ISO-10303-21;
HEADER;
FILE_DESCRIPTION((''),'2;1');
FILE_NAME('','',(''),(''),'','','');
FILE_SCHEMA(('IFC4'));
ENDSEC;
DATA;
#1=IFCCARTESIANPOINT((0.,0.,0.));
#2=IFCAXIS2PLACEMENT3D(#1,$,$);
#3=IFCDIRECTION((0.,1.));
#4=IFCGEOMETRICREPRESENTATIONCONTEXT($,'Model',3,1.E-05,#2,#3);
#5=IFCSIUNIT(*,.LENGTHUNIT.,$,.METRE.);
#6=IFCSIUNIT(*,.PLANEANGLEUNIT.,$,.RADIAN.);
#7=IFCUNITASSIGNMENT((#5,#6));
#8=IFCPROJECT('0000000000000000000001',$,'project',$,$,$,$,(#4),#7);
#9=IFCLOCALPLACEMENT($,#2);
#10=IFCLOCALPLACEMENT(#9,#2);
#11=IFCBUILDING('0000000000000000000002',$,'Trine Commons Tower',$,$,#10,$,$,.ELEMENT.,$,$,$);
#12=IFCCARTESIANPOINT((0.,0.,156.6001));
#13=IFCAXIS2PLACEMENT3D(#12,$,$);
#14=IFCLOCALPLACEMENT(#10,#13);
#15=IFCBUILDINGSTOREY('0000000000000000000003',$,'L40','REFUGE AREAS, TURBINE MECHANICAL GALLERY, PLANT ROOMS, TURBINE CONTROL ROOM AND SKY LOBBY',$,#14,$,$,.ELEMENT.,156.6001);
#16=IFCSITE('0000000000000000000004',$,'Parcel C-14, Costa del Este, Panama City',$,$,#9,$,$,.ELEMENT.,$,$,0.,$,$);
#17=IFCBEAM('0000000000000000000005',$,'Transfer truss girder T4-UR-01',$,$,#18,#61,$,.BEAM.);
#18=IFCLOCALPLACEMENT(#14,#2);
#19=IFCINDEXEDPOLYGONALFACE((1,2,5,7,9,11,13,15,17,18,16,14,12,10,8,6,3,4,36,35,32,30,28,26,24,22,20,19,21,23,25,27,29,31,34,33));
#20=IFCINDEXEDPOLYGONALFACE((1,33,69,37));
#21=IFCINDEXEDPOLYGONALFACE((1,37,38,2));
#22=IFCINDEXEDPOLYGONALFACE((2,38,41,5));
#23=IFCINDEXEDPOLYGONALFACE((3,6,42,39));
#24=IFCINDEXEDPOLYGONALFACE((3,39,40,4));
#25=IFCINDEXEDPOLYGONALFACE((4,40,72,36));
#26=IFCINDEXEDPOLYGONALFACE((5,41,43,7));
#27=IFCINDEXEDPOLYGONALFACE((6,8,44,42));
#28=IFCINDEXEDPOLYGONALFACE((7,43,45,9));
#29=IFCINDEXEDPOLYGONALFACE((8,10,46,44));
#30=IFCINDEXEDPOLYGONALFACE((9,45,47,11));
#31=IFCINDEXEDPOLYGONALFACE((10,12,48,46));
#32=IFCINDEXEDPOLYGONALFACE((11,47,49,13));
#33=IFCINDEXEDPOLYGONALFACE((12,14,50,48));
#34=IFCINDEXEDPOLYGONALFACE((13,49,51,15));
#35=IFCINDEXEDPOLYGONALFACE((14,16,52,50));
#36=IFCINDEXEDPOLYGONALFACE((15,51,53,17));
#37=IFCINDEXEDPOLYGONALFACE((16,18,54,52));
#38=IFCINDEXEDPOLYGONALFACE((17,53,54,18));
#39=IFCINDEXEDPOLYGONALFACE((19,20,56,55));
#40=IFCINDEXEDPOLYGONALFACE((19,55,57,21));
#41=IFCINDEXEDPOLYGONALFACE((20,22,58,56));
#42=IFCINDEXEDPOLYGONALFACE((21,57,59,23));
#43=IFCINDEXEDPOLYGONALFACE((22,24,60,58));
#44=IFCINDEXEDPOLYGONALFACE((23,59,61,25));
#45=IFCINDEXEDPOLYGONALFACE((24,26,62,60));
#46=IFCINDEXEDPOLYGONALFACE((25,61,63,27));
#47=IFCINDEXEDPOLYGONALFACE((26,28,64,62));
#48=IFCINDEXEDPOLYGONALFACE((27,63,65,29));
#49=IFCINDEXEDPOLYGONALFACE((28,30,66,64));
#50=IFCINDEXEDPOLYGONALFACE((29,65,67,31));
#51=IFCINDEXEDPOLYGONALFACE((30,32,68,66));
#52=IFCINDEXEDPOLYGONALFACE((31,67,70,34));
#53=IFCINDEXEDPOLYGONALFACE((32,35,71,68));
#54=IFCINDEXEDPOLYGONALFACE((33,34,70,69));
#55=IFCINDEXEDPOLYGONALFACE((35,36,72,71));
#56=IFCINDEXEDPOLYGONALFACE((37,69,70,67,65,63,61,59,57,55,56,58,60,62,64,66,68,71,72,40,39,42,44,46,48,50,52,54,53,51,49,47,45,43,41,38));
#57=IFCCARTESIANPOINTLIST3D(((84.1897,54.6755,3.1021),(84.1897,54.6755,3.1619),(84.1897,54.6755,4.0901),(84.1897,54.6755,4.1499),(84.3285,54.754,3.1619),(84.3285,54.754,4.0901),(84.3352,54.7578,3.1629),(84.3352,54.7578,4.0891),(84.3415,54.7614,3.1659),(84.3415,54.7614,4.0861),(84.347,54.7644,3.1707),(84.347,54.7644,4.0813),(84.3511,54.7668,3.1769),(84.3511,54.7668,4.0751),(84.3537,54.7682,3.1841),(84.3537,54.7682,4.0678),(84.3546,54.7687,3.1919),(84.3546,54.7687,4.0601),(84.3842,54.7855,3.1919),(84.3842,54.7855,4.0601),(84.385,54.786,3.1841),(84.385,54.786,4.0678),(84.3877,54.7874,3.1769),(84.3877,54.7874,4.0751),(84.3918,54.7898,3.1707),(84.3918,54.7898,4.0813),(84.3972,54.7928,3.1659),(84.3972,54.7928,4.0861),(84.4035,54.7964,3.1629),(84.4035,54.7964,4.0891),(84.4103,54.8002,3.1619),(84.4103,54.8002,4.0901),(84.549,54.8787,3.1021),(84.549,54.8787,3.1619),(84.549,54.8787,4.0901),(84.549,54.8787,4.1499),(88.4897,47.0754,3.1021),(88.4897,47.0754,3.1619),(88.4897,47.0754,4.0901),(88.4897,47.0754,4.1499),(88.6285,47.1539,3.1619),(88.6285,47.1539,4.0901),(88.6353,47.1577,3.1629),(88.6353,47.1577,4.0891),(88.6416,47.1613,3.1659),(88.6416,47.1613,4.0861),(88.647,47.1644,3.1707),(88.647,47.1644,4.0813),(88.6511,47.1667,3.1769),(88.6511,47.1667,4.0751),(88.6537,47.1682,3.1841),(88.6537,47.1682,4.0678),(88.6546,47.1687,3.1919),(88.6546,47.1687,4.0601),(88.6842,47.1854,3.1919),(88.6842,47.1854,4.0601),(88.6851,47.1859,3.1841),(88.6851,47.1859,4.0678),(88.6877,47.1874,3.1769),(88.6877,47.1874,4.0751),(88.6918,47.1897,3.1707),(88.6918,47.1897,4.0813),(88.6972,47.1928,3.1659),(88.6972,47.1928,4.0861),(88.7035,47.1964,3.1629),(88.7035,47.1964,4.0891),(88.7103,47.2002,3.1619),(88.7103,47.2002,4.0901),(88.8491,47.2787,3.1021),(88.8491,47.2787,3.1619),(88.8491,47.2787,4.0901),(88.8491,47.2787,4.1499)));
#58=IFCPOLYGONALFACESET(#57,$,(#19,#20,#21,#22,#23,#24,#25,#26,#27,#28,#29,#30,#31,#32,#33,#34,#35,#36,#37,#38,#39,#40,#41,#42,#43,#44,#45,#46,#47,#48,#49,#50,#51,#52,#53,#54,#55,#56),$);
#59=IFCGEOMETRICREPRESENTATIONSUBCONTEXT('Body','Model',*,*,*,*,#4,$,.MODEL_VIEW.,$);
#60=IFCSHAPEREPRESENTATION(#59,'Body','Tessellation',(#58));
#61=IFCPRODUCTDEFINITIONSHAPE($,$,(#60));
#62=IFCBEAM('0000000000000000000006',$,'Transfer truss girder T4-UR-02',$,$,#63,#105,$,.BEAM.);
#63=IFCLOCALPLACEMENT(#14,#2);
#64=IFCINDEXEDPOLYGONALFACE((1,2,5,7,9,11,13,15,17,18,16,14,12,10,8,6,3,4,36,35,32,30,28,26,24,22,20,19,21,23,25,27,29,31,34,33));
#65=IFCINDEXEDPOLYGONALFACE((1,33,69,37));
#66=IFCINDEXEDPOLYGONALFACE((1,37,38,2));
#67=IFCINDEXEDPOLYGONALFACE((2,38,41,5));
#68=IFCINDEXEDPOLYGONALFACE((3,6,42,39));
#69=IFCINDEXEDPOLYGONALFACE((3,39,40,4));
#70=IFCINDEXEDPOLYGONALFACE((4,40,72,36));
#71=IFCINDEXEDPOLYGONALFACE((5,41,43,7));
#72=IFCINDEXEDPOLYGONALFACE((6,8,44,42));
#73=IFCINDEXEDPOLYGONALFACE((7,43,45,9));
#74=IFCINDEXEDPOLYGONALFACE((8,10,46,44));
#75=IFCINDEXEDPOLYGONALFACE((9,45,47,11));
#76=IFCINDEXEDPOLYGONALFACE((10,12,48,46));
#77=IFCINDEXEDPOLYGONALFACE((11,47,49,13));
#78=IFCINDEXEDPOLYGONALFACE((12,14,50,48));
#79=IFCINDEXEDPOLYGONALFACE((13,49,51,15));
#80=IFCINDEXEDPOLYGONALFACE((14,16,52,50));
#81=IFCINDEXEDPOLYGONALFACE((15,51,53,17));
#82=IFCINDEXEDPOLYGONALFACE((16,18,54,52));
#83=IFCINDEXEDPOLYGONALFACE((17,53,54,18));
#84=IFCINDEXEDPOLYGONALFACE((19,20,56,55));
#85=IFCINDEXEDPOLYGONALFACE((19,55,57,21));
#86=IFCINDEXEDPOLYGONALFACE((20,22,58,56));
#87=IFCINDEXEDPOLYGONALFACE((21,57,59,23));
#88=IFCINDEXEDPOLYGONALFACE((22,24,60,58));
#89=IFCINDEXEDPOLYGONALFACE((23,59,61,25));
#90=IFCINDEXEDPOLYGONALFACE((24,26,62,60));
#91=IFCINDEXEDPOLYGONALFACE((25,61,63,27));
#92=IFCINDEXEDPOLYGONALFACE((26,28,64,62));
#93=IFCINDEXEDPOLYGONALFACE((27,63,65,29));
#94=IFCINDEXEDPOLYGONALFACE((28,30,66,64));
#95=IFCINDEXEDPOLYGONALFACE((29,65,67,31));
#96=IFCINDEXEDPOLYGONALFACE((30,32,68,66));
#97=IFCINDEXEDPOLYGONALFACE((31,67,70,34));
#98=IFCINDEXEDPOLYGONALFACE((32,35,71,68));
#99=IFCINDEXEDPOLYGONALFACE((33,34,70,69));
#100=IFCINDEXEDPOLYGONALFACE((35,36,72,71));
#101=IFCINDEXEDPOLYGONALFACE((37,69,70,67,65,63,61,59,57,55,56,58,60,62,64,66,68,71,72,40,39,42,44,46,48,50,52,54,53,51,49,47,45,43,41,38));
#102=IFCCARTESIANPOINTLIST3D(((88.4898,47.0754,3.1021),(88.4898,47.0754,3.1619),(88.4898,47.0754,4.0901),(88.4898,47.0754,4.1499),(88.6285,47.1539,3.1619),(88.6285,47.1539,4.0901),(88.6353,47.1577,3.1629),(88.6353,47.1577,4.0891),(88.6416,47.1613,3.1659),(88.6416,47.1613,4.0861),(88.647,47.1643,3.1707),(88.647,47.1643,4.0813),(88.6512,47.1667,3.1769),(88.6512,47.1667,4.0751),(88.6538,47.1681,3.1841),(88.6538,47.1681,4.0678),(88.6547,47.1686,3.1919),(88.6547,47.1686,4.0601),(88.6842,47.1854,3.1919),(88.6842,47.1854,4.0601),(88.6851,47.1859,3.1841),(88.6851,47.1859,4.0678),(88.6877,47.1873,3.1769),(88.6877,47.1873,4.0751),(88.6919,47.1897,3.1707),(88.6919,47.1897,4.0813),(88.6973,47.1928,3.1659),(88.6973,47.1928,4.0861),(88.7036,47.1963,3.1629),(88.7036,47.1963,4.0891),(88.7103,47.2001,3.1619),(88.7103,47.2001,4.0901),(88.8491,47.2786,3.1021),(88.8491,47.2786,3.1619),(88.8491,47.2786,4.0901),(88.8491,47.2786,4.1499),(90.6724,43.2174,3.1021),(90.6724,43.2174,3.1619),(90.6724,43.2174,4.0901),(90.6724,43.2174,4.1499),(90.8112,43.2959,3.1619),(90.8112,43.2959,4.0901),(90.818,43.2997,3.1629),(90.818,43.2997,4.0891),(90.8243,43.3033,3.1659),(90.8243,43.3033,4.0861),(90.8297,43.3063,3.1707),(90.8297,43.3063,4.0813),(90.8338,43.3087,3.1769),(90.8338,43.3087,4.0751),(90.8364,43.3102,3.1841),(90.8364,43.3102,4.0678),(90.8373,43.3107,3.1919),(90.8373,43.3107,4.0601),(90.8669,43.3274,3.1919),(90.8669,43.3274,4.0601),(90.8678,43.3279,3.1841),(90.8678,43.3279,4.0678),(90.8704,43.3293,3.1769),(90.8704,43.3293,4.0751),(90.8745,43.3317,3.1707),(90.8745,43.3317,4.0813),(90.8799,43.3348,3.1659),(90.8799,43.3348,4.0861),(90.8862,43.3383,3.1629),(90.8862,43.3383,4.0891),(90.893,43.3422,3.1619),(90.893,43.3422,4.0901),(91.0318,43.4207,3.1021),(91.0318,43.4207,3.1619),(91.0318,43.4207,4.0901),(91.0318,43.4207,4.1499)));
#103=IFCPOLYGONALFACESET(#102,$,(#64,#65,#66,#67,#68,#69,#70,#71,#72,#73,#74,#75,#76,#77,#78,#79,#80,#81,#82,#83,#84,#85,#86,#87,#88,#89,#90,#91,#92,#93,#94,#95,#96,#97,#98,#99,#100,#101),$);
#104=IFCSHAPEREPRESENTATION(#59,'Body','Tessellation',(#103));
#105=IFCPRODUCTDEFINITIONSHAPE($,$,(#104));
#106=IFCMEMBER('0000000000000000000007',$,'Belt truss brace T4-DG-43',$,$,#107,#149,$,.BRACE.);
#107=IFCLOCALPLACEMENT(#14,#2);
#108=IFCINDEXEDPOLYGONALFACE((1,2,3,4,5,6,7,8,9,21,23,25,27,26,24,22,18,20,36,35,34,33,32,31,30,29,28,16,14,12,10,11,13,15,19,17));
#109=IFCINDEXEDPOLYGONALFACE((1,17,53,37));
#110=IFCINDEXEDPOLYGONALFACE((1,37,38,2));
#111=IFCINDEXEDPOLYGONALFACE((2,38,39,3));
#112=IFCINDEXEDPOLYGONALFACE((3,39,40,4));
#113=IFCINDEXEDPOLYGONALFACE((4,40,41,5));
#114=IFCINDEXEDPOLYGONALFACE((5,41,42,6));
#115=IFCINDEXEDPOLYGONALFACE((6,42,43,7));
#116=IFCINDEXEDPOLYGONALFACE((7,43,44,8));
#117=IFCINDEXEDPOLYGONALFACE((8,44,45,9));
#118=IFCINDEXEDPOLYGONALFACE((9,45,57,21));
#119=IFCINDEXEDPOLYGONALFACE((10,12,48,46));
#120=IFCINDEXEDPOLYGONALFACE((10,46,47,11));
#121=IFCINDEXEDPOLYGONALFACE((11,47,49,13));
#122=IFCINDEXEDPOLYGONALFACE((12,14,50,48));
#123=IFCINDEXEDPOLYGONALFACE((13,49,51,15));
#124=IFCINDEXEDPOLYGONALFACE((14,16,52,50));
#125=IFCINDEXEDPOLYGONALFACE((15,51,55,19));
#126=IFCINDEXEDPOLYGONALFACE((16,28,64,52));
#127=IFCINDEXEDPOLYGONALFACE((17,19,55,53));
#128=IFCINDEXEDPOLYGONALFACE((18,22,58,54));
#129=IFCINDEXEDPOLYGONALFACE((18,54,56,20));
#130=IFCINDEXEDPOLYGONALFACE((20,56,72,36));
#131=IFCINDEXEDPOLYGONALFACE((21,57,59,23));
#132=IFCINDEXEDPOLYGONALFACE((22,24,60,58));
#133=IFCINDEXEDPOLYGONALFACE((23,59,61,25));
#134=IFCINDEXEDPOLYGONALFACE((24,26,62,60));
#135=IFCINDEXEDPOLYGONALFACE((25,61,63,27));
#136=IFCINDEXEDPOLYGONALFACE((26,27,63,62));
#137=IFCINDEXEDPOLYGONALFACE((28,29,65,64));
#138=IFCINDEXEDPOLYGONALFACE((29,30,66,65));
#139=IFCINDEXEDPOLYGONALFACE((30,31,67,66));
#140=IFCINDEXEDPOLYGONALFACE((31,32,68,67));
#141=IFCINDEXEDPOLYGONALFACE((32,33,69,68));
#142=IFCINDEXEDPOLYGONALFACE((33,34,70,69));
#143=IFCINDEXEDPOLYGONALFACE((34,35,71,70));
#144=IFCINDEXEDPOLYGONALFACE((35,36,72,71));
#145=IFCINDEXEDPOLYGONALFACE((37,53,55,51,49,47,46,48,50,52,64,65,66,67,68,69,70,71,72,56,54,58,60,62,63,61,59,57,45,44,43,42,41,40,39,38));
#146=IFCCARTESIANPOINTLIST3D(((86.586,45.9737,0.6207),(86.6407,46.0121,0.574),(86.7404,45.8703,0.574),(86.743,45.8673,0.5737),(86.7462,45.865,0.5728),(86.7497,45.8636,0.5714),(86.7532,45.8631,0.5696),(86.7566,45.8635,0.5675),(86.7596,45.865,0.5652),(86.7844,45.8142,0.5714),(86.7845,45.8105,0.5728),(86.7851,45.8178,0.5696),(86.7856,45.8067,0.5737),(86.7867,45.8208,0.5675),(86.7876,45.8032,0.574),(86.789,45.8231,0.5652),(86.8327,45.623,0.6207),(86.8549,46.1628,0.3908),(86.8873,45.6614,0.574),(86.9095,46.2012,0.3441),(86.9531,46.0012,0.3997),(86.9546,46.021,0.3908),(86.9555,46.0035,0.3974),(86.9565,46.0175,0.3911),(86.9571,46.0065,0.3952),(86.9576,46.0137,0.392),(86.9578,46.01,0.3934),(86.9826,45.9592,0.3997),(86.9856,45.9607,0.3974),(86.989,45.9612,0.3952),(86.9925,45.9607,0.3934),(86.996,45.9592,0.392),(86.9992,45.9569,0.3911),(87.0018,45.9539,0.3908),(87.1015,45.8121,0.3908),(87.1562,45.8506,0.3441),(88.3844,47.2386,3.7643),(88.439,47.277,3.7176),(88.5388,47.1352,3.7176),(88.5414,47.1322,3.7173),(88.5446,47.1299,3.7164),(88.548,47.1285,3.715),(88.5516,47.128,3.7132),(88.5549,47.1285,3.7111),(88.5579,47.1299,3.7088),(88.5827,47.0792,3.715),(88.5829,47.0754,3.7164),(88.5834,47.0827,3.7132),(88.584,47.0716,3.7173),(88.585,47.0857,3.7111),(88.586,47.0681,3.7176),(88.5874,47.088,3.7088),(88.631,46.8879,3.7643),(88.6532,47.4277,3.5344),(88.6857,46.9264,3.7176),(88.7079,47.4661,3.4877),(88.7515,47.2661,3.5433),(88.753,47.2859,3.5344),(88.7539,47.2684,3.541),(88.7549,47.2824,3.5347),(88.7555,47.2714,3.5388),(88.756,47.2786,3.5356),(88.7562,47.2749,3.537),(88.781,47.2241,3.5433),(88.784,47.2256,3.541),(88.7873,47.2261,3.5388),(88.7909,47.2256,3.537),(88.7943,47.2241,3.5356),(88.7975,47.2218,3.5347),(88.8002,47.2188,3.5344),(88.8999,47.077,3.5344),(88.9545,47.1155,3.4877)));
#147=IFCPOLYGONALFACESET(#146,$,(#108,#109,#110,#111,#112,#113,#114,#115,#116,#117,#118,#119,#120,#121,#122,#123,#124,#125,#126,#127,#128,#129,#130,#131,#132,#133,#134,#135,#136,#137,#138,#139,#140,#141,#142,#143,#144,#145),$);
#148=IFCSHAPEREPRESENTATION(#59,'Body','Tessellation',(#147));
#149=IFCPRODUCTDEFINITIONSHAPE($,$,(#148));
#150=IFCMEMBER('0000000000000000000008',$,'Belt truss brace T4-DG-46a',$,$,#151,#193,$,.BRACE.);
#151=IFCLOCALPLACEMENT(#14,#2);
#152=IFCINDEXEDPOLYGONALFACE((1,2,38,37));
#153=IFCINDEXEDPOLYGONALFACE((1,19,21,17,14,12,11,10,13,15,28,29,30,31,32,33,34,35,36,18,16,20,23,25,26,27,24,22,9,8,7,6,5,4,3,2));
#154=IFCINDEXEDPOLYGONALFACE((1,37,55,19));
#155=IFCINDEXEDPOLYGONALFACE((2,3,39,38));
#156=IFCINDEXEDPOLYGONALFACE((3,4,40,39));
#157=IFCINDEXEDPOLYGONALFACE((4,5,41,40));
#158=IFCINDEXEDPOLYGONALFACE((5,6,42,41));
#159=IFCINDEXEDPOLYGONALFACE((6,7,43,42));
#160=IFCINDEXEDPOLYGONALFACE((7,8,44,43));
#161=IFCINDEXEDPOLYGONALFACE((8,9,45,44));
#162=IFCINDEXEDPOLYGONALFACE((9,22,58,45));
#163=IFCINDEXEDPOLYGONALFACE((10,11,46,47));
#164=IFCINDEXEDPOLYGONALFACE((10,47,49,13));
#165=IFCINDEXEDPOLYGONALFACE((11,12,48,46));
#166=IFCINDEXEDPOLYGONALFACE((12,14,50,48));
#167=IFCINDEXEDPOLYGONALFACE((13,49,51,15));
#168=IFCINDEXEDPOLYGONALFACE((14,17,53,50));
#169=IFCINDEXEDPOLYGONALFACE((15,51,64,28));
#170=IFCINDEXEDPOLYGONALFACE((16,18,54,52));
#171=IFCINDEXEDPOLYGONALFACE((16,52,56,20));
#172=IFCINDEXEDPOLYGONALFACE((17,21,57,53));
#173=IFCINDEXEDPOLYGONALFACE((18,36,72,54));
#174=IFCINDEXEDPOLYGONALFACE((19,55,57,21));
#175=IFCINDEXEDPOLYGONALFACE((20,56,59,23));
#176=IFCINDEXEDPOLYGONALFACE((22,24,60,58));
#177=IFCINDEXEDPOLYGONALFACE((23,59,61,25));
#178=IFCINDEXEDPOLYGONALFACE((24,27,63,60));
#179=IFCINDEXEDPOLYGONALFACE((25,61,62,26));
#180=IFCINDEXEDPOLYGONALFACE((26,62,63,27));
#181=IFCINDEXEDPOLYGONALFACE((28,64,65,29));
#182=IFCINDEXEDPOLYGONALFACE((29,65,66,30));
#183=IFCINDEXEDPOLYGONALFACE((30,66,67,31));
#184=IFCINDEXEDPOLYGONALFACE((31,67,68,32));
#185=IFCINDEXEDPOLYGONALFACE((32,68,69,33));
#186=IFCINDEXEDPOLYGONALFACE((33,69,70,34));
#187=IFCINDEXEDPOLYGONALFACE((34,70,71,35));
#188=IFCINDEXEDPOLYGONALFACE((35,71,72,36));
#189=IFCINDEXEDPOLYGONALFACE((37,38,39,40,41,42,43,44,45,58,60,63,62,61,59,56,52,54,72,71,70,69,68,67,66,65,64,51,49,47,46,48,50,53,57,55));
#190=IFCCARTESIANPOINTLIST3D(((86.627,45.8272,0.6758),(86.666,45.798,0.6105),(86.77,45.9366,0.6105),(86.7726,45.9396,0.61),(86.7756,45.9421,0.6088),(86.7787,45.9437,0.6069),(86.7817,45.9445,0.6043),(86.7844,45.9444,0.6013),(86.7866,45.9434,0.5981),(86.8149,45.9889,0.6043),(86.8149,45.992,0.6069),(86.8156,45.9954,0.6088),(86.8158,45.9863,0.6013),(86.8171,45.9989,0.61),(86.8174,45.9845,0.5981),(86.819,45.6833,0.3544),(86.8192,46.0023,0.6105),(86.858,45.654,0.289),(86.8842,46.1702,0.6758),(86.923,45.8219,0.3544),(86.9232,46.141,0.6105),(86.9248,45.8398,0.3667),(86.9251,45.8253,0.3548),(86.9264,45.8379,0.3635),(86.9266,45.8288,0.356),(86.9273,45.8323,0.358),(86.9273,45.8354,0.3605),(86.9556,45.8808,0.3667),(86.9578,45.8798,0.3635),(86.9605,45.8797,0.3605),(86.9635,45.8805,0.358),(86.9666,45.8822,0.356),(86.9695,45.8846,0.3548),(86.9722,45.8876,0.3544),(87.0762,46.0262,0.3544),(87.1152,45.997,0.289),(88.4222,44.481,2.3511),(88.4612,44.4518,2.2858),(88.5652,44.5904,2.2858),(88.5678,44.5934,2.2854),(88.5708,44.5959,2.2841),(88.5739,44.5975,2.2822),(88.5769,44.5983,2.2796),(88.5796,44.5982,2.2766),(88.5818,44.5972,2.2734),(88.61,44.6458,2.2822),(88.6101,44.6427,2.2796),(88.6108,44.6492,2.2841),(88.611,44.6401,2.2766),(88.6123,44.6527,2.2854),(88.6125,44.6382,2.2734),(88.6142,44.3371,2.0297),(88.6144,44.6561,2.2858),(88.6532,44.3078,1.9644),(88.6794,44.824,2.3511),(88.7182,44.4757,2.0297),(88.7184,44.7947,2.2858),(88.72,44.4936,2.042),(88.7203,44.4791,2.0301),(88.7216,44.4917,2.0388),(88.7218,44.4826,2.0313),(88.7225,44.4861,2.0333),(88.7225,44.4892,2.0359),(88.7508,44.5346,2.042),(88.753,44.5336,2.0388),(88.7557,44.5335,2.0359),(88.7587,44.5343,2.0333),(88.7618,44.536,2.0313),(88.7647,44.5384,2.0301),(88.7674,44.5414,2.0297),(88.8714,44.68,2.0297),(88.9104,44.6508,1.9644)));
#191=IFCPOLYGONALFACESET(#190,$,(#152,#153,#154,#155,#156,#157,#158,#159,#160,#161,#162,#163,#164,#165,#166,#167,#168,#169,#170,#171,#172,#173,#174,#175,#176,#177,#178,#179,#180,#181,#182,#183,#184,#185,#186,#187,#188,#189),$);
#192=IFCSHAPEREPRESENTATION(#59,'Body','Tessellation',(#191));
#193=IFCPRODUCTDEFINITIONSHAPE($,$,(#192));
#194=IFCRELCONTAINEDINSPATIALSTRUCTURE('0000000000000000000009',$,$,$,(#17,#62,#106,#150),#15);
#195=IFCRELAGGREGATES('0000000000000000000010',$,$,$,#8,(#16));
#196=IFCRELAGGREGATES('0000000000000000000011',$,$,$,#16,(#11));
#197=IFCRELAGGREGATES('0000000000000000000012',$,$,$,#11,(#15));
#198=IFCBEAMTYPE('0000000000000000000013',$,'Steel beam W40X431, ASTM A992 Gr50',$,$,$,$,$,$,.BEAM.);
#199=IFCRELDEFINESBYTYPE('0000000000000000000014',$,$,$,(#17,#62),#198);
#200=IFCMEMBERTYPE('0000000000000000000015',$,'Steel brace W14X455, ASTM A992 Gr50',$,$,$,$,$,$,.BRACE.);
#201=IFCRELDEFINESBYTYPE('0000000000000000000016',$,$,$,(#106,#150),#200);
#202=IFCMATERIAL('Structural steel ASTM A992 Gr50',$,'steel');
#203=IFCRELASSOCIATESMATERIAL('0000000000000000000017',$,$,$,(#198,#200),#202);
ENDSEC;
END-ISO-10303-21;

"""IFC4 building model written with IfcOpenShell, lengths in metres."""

from ifc_helpers import new_model, si_unit, direction, frame, origin, origin_2d, place, context, subcontext, project, spatial, i_section, extrude, material, material_profile, profile_set, type_object, element, save


model = new_model("IFC4")

# Units and contexts
model_context = context("Model", 3, precision=1e-05, world=origin(), true_north=direction((0.0, 1.0)))
body_context = subcontext(model_context, "Body", "Model", "MODEL_VIEW")
ifc_project = project(units=[si_unit("LENGTHUNIT", "METRE"), si_unit("PLANEANGLEUNIT", "RADIAN")], contexts=[model_context])

# Site, building, storey
site_placement = place(None, origin())
site = spatial("IfcSite", under=ifc_project, at=site_placement, Name="Parcel C-14, Costa del Este, Panama City", CompositionType="ELEMENT", RefElevation=0.0)
building_placement = place(site_placement, origin())
building = spatial("IfcBuilding", under=site, at=building_placement, Name="Trine Commons Tower", CompositionType="ELEMENT")
storey_placement = place(building_placement, frame((0.0, 0.0, 156.6001)))
storey = spatial("IfcBuildingStorey", under=building, at=storey_placement, Name="L40", Description="REFUGE AREAS, TURBINE MECHANICAL GALLERY, PLANT ROOMS, TURBINE CONTROL ROOM AND SKY LOBBY", CompositionType="ELEMENT", Elevation=156.6001)

# Beams
ifc_material_1 = material(Name="Structural steel ASTM A992 Gr50", Category="steel")
ifc_material_profile_1 = material_profile(ifc_material_1, i_section(OverallWidth=0.4128, OverallDepth=1.0479, WebThickness=0.0339, FlangeThickness=0.0598, FilletRadius=0.03, at=origin_2d()), Name="W40X431")
ifc_profile_set_1 = profile_set([ifc_material_profile_1], Name="Structural steel ASTM A992 Gr50")
beam_type = type_object("IfcBeamType", Name="Steel beam W40X431, ASTM A992 Gr50", PredefinedType="BEAM", material=ifc_profile_set_1)
beam_1_placement = place(storey_placement, frame((84.3694, 54.7771, 3.626), z_axis=(0.492434, -0.87035, 0.0), x_axis=(0.87035, 0.492434, 0.0)))
element("IfcBeam", 1, at=beam_1_placement, inside=storey, type_object=beam_type, Name="Transfer truss girder T4-UR-01", PredefinedType="BEAM", context=body_context, shape_type="SweptSolid", body=[
    extrude(i_section(OverallWidth=0.4128, OverallDepth=1.0479, WebThickness=0.0339, FlangeThickness=0.0598, FilletRadius=0.03, at=origin_2d()), origin(), (0.0, 0.0, 1.0), 8.7322),
])
beam_2_placement = place(storey_placement, frame((88.6694, 47.177, 3.626), z_axis=(0.492409, -0.870364, 0.0), x_axis=(0.870364, 0.492409, 0.0)))
element("IfcBeam", 2, at=beam_2_placement, inside=storey, type_object=beam_type, Name="Transfer truss girder T4-UR-02", PredefinedType="BEAM", context=body_context, shape_type="SweptSolid", body=[
    extrude(i_section(OverallWidth=0.4128, OverallDepth=1.0479, WebThickness=0.0339, FlangeThickness=0.0598, FilletRadius=0.03, at=origin_2d()), origin(), (0.0, 0.0, 1.0), 4.4326),
])

# Members
ifc_material_profile_2 = material_profile(ifc_material_1, i_section(OverallWidth=0.4287, OverallDepth=0.4827, WebThickness=0.0513, FlangeThickness=0.0815, FilletRadius=0.0154, at=origin_2d()), Name="W14X455")
ifc_profile_set_2 = profile_set([ifc_material_profile_2], Name="Structural steel ASTM A992 Gr50")
member_type = type_object("IfcMemberType", Name="Steel brace W14X455, ASTM A992 Gr50", PredefinedType="BRACE", material=ifc_profile_set_2)
member_1_placement = place(storey_placement, frame((86.8711, 45.9121, 0.4824), z_axis=(0.46879, 0.329731, 0.819459), x_axis=(-0.575309, 0.817936, 0.0)))
element("IfcMember", 3, at=member_1_placement, inside=storey, type_object=member_type, Name="Belt truss brace T4-DG-43", PredefinedType="BRACE", context=body_context, shape_type="SweptSolid", body=[
    extrude(i_section(OverallWidth=0.4287, OverallDepth=0.4827, WebThickness=0.0513, FlangeThickness=0.0815, FilletRadius=0.0154, at=origin_2d()), origin(), (0.0, 0.0, 1.0), 3.8362),
])
member_2_placement = place(storey_placement, frame((86.8711, 45.9121, 0.4824), z_axis=(0.641071, -0.480738, 0.598263), x_axis=(0.599948, 0.800039, 0.0)))
element("IfcMember", 4, at=member_2_placement, inside=storey, type_object=member_type, Name="Belt truss brace T4-DG-46a", PredefinedType="BRACE", context=body_context, shape_type="SweptSolid", body=[
    extrude(i_section(OverallWidth=0.4287, OverallDepth=0.4827, WebThickness=0.0513, FlangeThickness=0.0815, FilletRadius=0.0154, at=origin_2d()), origin(), (0.0, 0.0, 1.0), 2.8003),
])

save(model, "model.ifc")
